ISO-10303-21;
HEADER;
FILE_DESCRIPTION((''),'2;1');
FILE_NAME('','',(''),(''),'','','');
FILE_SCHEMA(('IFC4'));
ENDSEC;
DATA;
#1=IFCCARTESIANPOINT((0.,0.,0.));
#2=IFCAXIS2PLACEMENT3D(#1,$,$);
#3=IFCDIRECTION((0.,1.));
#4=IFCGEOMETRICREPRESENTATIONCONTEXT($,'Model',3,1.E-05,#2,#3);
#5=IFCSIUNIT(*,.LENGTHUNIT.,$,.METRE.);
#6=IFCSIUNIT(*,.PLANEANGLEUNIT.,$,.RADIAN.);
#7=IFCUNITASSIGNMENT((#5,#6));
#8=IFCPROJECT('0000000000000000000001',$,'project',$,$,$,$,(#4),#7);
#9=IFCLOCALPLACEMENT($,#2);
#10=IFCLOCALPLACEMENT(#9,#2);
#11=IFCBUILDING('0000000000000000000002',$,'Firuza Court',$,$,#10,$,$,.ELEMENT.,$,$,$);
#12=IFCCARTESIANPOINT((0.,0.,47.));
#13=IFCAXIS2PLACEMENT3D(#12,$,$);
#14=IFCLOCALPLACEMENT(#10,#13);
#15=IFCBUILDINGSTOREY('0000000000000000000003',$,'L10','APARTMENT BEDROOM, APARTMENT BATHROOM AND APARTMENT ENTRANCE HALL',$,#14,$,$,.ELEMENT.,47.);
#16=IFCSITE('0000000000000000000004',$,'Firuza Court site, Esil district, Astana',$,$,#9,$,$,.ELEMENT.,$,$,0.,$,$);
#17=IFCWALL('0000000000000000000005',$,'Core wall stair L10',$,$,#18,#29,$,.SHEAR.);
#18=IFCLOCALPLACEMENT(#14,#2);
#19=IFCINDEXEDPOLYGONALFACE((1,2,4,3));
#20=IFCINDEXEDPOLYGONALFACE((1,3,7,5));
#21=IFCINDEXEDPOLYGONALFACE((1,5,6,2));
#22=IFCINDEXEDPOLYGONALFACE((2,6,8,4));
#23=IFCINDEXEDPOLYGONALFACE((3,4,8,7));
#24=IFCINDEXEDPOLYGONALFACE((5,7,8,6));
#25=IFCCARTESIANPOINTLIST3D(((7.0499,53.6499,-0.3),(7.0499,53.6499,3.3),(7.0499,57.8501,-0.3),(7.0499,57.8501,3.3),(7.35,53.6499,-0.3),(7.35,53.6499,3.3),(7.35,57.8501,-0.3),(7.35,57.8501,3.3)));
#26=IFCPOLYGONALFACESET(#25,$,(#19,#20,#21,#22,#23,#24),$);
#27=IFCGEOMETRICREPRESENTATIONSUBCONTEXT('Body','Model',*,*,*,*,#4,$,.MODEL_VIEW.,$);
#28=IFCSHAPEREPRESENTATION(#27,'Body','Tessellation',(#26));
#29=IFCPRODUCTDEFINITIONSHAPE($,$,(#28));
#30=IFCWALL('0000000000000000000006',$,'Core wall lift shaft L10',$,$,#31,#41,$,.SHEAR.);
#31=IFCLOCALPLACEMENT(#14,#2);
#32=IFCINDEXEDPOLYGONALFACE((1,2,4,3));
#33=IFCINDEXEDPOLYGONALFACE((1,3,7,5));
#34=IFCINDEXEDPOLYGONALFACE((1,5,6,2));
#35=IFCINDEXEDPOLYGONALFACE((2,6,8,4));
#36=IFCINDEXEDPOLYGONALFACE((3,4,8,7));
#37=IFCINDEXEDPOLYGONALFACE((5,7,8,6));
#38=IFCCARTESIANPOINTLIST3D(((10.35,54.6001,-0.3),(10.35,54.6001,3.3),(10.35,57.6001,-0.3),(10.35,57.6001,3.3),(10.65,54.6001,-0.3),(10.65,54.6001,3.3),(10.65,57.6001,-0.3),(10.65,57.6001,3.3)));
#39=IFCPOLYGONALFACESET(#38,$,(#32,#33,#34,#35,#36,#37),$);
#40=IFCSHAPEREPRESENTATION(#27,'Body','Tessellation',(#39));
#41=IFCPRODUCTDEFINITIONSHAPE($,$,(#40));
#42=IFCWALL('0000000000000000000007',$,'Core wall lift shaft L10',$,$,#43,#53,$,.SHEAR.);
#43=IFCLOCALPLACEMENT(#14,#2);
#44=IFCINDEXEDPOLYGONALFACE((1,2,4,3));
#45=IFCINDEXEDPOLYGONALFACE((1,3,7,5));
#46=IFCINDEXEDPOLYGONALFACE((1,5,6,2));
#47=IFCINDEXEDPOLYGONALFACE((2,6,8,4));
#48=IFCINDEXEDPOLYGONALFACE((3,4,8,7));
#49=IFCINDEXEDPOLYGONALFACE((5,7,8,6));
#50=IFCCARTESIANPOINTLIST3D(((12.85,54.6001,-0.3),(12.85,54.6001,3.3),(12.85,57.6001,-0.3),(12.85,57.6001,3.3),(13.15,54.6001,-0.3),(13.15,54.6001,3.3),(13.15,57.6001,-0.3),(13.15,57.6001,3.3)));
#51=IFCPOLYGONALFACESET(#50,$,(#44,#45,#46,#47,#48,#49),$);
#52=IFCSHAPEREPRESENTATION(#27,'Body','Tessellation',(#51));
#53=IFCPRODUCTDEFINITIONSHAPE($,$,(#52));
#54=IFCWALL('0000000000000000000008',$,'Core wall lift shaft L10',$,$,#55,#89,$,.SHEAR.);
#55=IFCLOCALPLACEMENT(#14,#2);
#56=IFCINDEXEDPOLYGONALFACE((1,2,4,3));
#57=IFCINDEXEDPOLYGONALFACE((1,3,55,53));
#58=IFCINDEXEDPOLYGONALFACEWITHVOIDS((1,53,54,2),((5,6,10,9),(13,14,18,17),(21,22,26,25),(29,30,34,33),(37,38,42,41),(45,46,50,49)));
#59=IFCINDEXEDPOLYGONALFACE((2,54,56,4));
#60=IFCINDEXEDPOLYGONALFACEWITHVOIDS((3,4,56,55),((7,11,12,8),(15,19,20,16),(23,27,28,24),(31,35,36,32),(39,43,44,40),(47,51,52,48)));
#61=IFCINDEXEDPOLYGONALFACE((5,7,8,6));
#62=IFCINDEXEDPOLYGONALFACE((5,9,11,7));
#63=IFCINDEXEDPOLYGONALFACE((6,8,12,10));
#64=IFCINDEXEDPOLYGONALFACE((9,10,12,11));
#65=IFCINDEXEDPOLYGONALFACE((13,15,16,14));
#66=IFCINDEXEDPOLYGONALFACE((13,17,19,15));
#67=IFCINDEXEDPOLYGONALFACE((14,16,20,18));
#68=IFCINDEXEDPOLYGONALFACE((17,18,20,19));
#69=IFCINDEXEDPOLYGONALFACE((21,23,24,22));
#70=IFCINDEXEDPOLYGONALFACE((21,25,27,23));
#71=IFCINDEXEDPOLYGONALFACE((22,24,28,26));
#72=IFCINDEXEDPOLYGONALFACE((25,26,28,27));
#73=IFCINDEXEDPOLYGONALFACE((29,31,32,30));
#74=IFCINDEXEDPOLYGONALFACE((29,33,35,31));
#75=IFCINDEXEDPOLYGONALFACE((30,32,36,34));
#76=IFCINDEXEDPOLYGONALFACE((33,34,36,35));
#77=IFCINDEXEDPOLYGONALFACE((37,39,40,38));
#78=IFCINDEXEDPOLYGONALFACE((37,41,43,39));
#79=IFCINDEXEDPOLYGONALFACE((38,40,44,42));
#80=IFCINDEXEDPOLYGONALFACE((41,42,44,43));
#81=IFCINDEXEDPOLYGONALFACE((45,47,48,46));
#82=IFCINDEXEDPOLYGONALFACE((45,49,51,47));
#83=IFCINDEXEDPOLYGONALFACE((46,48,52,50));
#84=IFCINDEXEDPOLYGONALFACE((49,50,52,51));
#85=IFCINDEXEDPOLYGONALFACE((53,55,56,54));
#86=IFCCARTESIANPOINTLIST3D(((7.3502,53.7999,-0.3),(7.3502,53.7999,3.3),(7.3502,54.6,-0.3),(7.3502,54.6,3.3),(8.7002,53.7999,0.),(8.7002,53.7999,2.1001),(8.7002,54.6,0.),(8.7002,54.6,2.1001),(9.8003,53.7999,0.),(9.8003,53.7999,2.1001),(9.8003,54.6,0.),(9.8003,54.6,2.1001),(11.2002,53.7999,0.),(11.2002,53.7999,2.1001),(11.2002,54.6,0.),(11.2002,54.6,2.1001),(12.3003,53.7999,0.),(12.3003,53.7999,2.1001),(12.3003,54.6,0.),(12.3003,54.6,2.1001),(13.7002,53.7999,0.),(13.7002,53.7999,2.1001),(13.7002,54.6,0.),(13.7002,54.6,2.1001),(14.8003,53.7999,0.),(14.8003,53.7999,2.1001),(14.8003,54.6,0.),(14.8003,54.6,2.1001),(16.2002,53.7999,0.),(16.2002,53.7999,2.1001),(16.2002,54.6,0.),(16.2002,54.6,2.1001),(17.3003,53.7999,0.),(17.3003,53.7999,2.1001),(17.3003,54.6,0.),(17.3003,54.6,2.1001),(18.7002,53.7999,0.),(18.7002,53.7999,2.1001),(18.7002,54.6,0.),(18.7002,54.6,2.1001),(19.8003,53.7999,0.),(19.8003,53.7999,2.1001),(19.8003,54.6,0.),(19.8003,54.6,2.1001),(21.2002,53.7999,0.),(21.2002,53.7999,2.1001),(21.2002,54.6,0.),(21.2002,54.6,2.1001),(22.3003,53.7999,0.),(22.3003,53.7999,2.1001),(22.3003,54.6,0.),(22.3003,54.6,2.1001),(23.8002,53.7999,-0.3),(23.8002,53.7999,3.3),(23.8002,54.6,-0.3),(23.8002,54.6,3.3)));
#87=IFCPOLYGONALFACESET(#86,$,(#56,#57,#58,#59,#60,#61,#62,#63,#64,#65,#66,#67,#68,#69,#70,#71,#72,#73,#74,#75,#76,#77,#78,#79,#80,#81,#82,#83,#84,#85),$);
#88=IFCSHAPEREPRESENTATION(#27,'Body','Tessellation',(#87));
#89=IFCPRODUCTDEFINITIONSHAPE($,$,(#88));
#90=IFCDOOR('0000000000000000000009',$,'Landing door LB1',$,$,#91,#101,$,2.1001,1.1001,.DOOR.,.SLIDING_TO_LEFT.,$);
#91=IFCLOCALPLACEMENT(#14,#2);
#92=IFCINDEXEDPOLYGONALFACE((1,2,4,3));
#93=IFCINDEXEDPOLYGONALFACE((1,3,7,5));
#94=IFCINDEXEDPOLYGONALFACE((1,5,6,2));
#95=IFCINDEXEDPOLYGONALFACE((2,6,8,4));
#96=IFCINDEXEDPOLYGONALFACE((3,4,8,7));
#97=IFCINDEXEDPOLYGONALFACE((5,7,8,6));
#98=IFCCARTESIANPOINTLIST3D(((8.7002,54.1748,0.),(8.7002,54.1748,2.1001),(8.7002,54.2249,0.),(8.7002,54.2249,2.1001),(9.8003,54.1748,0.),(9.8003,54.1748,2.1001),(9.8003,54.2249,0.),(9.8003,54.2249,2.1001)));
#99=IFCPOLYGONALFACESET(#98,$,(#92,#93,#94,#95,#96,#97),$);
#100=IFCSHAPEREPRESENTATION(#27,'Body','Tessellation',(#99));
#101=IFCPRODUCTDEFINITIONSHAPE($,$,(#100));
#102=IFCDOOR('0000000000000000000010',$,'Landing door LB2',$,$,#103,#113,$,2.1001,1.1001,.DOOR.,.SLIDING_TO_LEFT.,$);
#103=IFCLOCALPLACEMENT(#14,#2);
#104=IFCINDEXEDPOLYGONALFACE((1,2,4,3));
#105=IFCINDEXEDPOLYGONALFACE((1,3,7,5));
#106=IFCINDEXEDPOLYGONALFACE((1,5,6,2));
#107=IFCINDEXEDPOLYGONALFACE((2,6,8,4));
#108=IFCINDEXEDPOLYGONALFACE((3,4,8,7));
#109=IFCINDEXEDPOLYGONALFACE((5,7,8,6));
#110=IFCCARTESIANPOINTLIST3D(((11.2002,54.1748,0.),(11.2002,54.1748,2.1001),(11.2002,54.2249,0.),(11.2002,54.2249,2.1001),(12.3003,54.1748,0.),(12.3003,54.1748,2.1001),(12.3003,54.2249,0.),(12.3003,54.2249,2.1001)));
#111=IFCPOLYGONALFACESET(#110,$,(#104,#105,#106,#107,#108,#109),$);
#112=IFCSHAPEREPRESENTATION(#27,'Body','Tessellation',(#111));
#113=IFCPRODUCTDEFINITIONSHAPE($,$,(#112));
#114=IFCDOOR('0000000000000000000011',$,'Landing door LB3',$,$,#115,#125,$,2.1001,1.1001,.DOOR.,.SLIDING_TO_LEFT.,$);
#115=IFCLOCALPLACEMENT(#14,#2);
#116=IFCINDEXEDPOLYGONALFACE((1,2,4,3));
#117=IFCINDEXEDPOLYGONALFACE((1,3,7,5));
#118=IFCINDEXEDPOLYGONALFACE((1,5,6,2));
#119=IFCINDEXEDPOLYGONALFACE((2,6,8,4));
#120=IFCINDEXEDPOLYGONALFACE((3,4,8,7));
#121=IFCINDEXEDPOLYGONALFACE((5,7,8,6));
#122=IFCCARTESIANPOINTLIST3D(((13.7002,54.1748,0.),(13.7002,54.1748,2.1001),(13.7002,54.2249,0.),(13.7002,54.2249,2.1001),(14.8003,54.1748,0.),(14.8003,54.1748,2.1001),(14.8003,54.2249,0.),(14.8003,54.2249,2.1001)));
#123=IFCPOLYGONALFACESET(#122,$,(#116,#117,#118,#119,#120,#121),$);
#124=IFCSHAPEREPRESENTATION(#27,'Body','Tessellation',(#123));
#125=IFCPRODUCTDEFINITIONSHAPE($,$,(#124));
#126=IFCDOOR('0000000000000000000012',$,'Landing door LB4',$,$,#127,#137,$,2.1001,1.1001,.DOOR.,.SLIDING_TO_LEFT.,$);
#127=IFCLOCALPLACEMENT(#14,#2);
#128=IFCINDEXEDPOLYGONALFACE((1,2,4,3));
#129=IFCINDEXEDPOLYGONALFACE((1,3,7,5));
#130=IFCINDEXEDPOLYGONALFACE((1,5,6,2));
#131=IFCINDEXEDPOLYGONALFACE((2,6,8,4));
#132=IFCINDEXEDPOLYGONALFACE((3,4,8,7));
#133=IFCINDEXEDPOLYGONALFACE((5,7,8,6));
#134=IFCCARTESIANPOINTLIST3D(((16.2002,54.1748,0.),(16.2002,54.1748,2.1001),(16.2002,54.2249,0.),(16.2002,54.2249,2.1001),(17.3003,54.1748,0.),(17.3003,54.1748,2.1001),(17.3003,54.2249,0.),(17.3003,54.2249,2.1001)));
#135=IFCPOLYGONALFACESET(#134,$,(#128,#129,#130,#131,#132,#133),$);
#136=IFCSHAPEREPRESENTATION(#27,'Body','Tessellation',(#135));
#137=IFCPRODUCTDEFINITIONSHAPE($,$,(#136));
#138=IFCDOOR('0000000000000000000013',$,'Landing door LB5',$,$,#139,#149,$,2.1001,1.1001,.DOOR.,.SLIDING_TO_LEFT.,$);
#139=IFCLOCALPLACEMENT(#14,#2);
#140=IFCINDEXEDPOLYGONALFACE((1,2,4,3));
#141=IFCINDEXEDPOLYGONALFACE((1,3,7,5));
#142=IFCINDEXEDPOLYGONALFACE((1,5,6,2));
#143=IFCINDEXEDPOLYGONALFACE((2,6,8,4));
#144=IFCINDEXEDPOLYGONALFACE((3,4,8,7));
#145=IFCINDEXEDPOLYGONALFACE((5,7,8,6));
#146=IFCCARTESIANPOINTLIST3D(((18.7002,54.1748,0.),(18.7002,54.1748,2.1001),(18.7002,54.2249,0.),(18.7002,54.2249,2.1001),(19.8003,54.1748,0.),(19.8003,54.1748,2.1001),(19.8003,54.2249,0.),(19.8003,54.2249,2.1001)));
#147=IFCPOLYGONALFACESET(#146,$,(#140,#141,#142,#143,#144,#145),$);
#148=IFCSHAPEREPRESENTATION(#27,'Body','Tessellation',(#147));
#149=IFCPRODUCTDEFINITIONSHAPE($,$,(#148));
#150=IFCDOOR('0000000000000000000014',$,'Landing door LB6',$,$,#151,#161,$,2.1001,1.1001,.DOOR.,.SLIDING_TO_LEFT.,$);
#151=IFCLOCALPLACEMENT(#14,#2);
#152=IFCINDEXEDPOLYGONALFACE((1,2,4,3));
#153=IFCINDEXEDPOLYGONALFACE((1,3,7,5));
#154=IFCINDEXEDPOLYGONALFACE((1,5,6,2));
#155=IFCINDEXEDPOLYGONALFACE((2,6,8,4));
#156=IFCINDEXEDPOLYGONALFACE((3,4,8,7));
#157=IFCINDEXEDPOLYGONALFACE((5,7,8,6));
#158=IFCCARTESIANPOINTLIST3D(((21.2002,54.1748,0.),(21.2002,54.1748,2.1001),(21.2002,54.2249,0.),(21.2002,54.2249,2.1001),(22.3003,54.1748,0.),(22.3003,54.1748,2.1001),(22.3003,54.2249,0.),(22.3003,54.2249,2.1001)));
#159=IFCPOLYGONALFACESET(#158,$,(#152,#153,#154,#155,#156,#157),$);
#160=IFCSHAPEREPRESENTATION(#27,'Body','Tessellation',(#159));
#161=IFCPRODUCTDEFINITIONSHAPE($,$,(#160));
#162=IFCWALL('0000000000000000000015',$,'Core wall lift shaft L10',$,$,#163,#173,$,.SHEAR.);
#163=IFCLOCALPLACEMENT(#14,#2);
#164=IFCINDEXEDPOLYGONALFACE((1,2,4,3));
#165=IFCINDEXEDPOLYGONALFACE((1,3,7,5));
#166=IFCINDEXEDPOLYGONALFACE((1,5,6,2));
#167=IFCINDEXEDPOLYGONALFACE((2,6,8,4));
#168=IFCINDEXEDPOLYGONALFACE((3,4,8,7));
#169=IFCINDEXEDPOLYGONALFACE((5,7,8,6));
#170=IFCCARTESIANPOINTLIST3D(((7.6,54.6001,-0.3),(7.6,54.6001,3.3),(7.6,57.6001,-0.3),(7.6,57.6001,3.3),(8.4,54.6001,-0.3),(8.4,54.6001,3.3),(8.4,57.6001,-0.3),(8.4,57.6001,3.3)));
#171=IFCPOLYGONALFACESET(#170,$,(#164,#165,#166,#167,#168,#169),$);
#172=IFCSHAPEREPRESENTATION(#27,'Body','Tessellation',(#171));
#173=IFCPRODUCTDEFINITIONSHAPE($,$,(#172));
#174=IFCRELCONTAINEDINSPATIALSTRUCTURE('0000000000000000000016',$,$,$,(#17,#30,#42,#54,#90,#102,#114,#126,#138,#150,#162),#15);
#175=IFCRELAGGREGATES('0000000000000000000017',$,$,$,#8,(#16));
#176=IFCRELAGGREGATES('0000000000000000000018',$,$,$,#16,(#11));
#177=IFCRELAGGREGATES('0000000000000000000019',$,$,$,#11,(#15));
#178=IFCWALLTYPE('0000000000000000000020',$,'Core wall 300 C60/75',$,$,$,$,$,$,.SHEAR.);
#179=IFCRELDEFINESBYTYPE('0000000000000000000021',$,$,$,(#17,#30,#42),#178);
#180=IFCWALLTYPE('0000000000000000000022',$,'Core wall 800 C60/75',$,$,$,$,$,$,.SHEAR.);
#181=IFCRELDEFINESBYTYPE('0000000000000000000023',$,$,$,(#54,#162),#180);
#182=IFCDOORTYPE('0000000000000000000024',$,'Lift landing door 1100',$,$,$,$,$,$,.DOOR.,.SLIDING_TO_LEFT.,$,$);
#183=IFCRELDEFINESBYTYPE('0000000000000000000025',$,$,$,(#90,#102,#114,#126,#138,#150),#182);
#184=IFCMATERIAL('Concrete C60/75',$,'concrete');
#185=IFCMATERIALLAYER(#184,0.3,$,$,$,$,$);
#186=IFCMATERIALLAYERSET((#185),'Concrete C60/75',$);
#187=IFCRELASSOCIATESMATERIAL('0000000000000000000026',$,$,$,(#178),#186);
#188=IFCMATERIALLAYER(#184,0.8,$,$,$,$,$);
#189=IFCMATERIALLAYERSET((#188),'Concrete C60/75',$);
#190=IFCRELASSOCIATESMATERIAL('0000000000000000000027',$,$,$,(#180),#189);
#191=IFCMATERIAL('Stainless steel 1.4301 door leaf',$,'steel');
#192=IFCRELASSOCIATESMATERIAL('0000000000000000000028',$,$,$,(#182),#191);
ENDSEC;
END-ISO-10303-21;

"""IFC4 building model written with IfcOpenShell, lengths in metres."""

from ifc_helpers import new_model, si_unit, direction, frame, frame_2d, origin, place, context, subcontext, project, spatial, rectangle, extrude, material, layer, layer_set, type_object, element, fill, save


model = new_model("IFC4")

# Units and contexts
model_context = context("Model", 3, precision=1e-05, world=origin(), true_north=direction((0.0, 1.0)))
body_context = subcontext(model_context, "Body", "Model", "MODEL_VIEW")
ifc_project = project(units=[si_unit("LENGTHUNIT", "METRE"), si_unit("PLANEANGLEUNIT", "RADIAN")], contexts=[model_context])

# Site, building, storey
site_placement = place(None, origin())
site = spatial("IfcSite", under=ifc_project, at=site_placement, Name="Firuza Court site, Esil district, Astana", CompositionType="ELEMENT", RefElevation=0.0)
building_placement = place(site_placement, origin())
building = spatial("IfcBuilding", under=site, at=building_placement, Name="Firuza Court", CompositionType="ELEMENT")
storey_placement = place(building_placement, frame((0.0, 0.0, 47.0)))
storey = spatial("IfcBuildingStorey", under=building, at=storey_placement, Name="L10", Description="APARTMENT BEDROOM, APARTMENT BATHROOM AND APARTMENT ENTRANCE HALL", CompositionType="ELEMENT", Elevation=47.0)

# Walls
ifc_material_1 = material(Name="Concrete C60/75", Category="concrete")
ifc_layer_1 = layer(ifc_material_1, 0.3)
ifc_layer_set_1 = layer_set([ifc_layer_1], Name="Concrete C60/75")
wall_type_1 = type_object("IfcWallType", Name="Core wall 300 C60/75", PredefinedType="SHEAR", material=ifc_layer_set_1)
wall_1_placement = place(storey_placement, frame((7.2, 53.6499, -0.3), z_axis=(0.0, 0.0, 1.0), x_axis=(0.0, 1.0, 0.0)))
element("IfcWall", 1, at=wall_1_placement, inside=storey, type_object=wall_type_1, Name="Core wall stair L10", PredefinedType="SHEAR", context=body_context, shape_type="SweptSolid", body=[
    extrude(rectangle(XDim=4.2002, YDim=0.3, at=frame_2d((2.1001, 0.0))), origin(), (0.0, 0.0, 1.0), 3.6001),
])
for number, where, z_axis, x_axis, name in (
    (2, (10.5, 54.6001, -0.3), (0.0, 0.0, 1.0), (0.0, 1.0, 0.0), "Core wall lift shaft L10"),
    (3, (13.0, 54.6001, -0.3), (0.0, 0.0, 1.0), (0.0, 1.0, 0.0), "Core wall lift shaft L10"),
):
    element("IfcWall", number, at=place(storey_placement, frame(where, z_axis=z_axis, x_axis=x_axis)), inside=storey, type_object=wall_type_1, Name=name, PredefinedType="SHEAR", context=body_context, shape_type="SweptSolid", body=[
        extrude(rectangle(XDim=3.0, YDim=0.3, at=frame_2d((1.5, 0.0))), origin(), (0.0, 0.0, 1.0), 3.6001),
    ])

# Wall, openings, doors
ifc_layer_2 = layer(ifc_material_1, 0.8)
ifc_layer_set_2 = layer_set([ifc_layer_2], Name="Concrete C60/75")
wall_type_2 = type_object("IfcWallType", Name="Core wall 800 C60/75", PredefinedType="SHEAR", material=ifc_layer_set_2)
wall_2_placement = place(storey_placement, frame((7.3501, 54.2, -0.3), z_axis=(0.0, 0.0, 1.0), x_axis=(1.0, 0.0, 0.0)))
wall_2 = element("IfcWall", 4, at=wall_2_placement, inside=storey, type_object=wall_type_2, Name="Core wall lift shaft L10", PredefinedType="SHEAR", context=body_context, shape_type="SweptSolid", body=[
    extrude(rectangle(XDim=16.45, YDim=0.8, at=frame_2d((8.2251, 0.0))), origin(), (0.0, 0.0, 1.0), 3.6001),
])
opening_1_placement = place(wall_2_placement, frame((1.3501, 0.0, 0.3)))
opening_1 = element("IfcOpeningElement", 5, at=opening_1_placement, cuts=wall_2, PredefinedType="OPENING", context=body_context, shape_type="SweptSolid", body=[
    extrude(rectangle(XDim=1.1001, YDim=2.1001, at=frame_2d((0.55, 1.05))), frame((0.0, 0.4121, 0.0), z_axis=(0.0, -1.0, 0.0), x_axis=(1.0, 0.0, 0.0)), (0.0, 0.0, 1.0), 0.824),
])
opening_2_placement = place(wall_2_placement, frame((3.8501, 0.0, 0.3)))
opening_2 = element("IfcOpeningElement", 6, at=opening_2_placement, cuts=wall_2, PredefinedType="OPENING", context=body_context, shape_type="SweptSolid", body=[
    extrude(rectangle(XDim=1.1001, YDim=2.1001, at=frame_2d((0.55, 1.05))), frame((0.0, 0.4121, 0.0), z_axis=(0.0, -1.0, 0.0), x_axis=(1.0, 0.0, 0.0)), (0.0, 0.0, 1.0), 0.824),
])
opening_3_placement = place(wall_2_placement, frame((6.3501, 0.0, 0.3)))
opening_3 = element("IfcOpeningElement", 7, at=opening_3_placement, cuts=wall_2, PredefinedType="OPENING", context=body_context, shape_type="SweptSolid", body=[
    extrude(rectangle(XDim=1.1001, YDim=2.1001, at=frame_2d((0.55, 1.05))), frame((0.0, 0.4121, 0.0), z_axis=(0.0, -1.0, 0.0), x_axis=(1.0, 0.0, 0.0)), (0.0, 0.0, 1.0), 0.824),
])
opening_4_placement = place(wall_2_placement, frame((8.8501, 0.0, 0.3)))
opening_4 = element("IfcOpeningElement", 8, at=opening_4_placement, cuts=wall_2, PredefinedType="OPENING", context=body_context, shape_type="SweptSolid", body=[
    extrude(rectangle(XDim=1.1001, YDim=2.1001, at=frame_2d((0.55, 1.05))), frame((0.0, 0.4121, 0.0), z_axis=(0.0, -1.0, 0.0), x_axis=(1.0, 0.0, 0.0)), (0.0, 0.0, 1.0), 0.824),
])
opening_5_placement = place(wall_2_placement, frame((11.3501, 0.0, 0.3)))
opening_5 = element("IfcOpeningElement", 9, at=opening_5_placement, cuts=wall_2, PredefinedType="OPENING", context=body_context, shape_type="SweptSolid", body=[
    extrude(rectangle(XDim=1.1001, YDim=2.1001, at=frame_2d((0.55, 1.05))), frame((0.0, 0.4121, 0.0), z_axis=(0.0, -1.0, 0.0), x_axis=(1.0, 0.0, 0.0)), (0.0, 0.0, 1.0), 0.824),
])
opening_6_placement = place(wall_2_placement, frame((13.8501, 0.0, 0.3)))
opening_6 = element("IfcOpeningElement", 10, at=opening_6_placement, cuts=wall_2, PredefinedType="OPENING", context=body_context, shape_type="SweptSolid", body=[
    extrude(rectangle(XDim=1.1001, YDim=2.1001, at=frame_2d((0.55, 1.05))), frame((0.0, 0.4121, 0.0), z_axis=(0.0, -1.0, 0.0), x_axis=(1.0, 0.0, 0.0)), (0.0, 0.0, 1.0), 0.824),
])
ifc_material_2 = material(Name="Stainless steel 1.4301 door leaf", Category="steel")
door_type_1 = type_object("IfcDoorType", Name="Lift landing door 1100", OperationType="SLIDING_TO_LEFT", PredefinedType="DOOR", material=ifc_material_2)
door_1_placement = place(opening_1_placement, origin())
door_1 = element("IfcDoor", 11, at=door_1_placement, inside=storey, type_object=door_type_1, Name="Landing door LB1", OperationType="SLIDING_TO_LEFT", OverallHeight=2.1001, OverallWidth=1.1001, PredefinedType="DOOR", context=body_context, shape_type="SweptSolid", body=[
    extrude(rectangle(XDim=1.1001, YDim=2.1001, at=frame_2d((0.55, 1.05))), frame((0.0, 0.0249, 0.0), z_axis=(0.0, -1.0, 0.0), x_axis=(1.0, 0.0, 0.0)), (0.0, 0.0, 1.0), 0.05),
])
fill(opening_1, door_1)
door_2_placement = place(opening_2_placement, origin())
door_2 = element("IfcDoor", 12, at=door_2_placement, inside=storey, type_object=door_type_1, Name="Landing door LB2", OperationType="SLIDING_TO_LEFT", OverallHeight=2.1001, OverallWidth=1.1001, PredefinedType="DOOR", context=body_context, shape_type="SweptSolid", body=[
    extrude(rectangle(XDim=1.1001, YDim=2.1001, at=frame_2d((0.55, 1.05))), frame((0.0, 0.0249, 0.0), z_axis=(0.0, -1.0, 0.0), x_axis=(1.0, 0.0, 0.0)), (0.0, 0.0, 1.0), 0.05),
])
fill(opening_2, door_2)
door_3_placement = place(opening_3_placement, origin())
door_3 = element("IfcDoor", 13, at=door_3_placement, inside=storey, type_object=door_type_1, Name="Landing door LB3", OperationType="SLIDING_TO_LEFT", OverallHeight=2.1001, OverallWidth=1.1001, PredefinedType="DOOR", context=body_context, shape_type="SweptSolid", body=[
    extrude(rectangle(XDim=1.1001, YDim=2.1001, at=frame_2d((0.55, 1.05))), frame((0.0, 0.0249, 0.0), z_axis=(0.0, -1.0, 0.0), x_axis=(1.0, 0.0, 0.0)), (0.0, 0.0, 1.0), 0.05),
])
fill(opening_3, door_3)
door_4_placement = place(opening_4_placement, origin())
door_4 = element("IfcDoor", 14, at=door_4_placement, inside=storey, type_object=door_type_1, Name="Landing door LB4", OperationType="SLIDING_TO_LEFT", OverallHeight=2.1001, OverallWidth=1.1001, PredefinedType="DOOR", context=body_context, shape_type="SweptSolid", body=[
    extrude(rectangle(XDim=1.1001, YDim=2.1001, at=frame_2d((0.55, 1.05))), frame((0.0, 0.0249, 0.0), z_axis=(0.0, -1.0, 0.0), x_axis=(1.0, 0.0, 0.0)), (0.0, 0.0, 1.0), 0.05),
])
fill(opening_4, door_4)
door_5_placement = place(opening_5_placement, origin())
door_5 = element("IfcDoor", 15, at=door_5_placement, inside=storey, type_object=door_type_1, Name="Landing door LB5", OperationType="SLIDING_TO_LEFT", OverallHeight=2.1001, OverallWidth=1.1001, PredefinedType="DOOR", context=body_context, shape_type="SweptSolid", body=[
    extrude(rectangle(XDim=1.1001, YDim=2.1001, at=frame_2d((0.55, 1.05))), frame((0.0, 0.0249, 0.0), z_axis=(0.0, -1.0, 0.0), x_axis=(1.0, 0.0, 0.0)), (0.0, 0.0, 1.0), 0.05),
])
fill(opening_5, door_5)
door_6_placement = place(opening_6_placement, origin())
door_6 = element("IfcDoor", 16, at=door_6_placement, inside=storey, type_object=door_type_1, Name="Landing door LB6", OperationType="SLIDING_TO_LEFT", OverallHeight=2.1001, OverallWidth=1.1001, PredefinedType="DOOR", context=body_context, shape_type="SweptSolid", body=[
    extrude(rectangle(XDim=1.1001, YDim=2.1001, at=frame_2d((0.55, 1.05))), frame((0.0, 0.0249, 0.0), z_axis=(0.0, -1.0, 0.0), x_axis=(1.0, 0.0, 0.0)), (0.0, 0.0, 1.0), 0.05),
])
fill(opening_6, door_6)

# Wall
wall_3_placement = place(storey_placement, frame((8.0, 54.6001, -0.3), z_axis=(0.0, 0.0, 1.0), x_axis=(0.0, 1.0, 0.0)))
element("IfcWall", 17, at=wall_3_placement, inside=storey, type_object=wall_type_2, Name="Core wall lift shaft L10", PredefinedType="SHEAR", context=body_context, shape_type="SweptSolid", body=[
    extrude(rectangle(XDim=3.0, YDim=0.8, at=frame_2d((1.5, 0.0))), origin(), (0.0, 0.0, 1.0), 3.6001),
])

save(model, "model.ifc")
